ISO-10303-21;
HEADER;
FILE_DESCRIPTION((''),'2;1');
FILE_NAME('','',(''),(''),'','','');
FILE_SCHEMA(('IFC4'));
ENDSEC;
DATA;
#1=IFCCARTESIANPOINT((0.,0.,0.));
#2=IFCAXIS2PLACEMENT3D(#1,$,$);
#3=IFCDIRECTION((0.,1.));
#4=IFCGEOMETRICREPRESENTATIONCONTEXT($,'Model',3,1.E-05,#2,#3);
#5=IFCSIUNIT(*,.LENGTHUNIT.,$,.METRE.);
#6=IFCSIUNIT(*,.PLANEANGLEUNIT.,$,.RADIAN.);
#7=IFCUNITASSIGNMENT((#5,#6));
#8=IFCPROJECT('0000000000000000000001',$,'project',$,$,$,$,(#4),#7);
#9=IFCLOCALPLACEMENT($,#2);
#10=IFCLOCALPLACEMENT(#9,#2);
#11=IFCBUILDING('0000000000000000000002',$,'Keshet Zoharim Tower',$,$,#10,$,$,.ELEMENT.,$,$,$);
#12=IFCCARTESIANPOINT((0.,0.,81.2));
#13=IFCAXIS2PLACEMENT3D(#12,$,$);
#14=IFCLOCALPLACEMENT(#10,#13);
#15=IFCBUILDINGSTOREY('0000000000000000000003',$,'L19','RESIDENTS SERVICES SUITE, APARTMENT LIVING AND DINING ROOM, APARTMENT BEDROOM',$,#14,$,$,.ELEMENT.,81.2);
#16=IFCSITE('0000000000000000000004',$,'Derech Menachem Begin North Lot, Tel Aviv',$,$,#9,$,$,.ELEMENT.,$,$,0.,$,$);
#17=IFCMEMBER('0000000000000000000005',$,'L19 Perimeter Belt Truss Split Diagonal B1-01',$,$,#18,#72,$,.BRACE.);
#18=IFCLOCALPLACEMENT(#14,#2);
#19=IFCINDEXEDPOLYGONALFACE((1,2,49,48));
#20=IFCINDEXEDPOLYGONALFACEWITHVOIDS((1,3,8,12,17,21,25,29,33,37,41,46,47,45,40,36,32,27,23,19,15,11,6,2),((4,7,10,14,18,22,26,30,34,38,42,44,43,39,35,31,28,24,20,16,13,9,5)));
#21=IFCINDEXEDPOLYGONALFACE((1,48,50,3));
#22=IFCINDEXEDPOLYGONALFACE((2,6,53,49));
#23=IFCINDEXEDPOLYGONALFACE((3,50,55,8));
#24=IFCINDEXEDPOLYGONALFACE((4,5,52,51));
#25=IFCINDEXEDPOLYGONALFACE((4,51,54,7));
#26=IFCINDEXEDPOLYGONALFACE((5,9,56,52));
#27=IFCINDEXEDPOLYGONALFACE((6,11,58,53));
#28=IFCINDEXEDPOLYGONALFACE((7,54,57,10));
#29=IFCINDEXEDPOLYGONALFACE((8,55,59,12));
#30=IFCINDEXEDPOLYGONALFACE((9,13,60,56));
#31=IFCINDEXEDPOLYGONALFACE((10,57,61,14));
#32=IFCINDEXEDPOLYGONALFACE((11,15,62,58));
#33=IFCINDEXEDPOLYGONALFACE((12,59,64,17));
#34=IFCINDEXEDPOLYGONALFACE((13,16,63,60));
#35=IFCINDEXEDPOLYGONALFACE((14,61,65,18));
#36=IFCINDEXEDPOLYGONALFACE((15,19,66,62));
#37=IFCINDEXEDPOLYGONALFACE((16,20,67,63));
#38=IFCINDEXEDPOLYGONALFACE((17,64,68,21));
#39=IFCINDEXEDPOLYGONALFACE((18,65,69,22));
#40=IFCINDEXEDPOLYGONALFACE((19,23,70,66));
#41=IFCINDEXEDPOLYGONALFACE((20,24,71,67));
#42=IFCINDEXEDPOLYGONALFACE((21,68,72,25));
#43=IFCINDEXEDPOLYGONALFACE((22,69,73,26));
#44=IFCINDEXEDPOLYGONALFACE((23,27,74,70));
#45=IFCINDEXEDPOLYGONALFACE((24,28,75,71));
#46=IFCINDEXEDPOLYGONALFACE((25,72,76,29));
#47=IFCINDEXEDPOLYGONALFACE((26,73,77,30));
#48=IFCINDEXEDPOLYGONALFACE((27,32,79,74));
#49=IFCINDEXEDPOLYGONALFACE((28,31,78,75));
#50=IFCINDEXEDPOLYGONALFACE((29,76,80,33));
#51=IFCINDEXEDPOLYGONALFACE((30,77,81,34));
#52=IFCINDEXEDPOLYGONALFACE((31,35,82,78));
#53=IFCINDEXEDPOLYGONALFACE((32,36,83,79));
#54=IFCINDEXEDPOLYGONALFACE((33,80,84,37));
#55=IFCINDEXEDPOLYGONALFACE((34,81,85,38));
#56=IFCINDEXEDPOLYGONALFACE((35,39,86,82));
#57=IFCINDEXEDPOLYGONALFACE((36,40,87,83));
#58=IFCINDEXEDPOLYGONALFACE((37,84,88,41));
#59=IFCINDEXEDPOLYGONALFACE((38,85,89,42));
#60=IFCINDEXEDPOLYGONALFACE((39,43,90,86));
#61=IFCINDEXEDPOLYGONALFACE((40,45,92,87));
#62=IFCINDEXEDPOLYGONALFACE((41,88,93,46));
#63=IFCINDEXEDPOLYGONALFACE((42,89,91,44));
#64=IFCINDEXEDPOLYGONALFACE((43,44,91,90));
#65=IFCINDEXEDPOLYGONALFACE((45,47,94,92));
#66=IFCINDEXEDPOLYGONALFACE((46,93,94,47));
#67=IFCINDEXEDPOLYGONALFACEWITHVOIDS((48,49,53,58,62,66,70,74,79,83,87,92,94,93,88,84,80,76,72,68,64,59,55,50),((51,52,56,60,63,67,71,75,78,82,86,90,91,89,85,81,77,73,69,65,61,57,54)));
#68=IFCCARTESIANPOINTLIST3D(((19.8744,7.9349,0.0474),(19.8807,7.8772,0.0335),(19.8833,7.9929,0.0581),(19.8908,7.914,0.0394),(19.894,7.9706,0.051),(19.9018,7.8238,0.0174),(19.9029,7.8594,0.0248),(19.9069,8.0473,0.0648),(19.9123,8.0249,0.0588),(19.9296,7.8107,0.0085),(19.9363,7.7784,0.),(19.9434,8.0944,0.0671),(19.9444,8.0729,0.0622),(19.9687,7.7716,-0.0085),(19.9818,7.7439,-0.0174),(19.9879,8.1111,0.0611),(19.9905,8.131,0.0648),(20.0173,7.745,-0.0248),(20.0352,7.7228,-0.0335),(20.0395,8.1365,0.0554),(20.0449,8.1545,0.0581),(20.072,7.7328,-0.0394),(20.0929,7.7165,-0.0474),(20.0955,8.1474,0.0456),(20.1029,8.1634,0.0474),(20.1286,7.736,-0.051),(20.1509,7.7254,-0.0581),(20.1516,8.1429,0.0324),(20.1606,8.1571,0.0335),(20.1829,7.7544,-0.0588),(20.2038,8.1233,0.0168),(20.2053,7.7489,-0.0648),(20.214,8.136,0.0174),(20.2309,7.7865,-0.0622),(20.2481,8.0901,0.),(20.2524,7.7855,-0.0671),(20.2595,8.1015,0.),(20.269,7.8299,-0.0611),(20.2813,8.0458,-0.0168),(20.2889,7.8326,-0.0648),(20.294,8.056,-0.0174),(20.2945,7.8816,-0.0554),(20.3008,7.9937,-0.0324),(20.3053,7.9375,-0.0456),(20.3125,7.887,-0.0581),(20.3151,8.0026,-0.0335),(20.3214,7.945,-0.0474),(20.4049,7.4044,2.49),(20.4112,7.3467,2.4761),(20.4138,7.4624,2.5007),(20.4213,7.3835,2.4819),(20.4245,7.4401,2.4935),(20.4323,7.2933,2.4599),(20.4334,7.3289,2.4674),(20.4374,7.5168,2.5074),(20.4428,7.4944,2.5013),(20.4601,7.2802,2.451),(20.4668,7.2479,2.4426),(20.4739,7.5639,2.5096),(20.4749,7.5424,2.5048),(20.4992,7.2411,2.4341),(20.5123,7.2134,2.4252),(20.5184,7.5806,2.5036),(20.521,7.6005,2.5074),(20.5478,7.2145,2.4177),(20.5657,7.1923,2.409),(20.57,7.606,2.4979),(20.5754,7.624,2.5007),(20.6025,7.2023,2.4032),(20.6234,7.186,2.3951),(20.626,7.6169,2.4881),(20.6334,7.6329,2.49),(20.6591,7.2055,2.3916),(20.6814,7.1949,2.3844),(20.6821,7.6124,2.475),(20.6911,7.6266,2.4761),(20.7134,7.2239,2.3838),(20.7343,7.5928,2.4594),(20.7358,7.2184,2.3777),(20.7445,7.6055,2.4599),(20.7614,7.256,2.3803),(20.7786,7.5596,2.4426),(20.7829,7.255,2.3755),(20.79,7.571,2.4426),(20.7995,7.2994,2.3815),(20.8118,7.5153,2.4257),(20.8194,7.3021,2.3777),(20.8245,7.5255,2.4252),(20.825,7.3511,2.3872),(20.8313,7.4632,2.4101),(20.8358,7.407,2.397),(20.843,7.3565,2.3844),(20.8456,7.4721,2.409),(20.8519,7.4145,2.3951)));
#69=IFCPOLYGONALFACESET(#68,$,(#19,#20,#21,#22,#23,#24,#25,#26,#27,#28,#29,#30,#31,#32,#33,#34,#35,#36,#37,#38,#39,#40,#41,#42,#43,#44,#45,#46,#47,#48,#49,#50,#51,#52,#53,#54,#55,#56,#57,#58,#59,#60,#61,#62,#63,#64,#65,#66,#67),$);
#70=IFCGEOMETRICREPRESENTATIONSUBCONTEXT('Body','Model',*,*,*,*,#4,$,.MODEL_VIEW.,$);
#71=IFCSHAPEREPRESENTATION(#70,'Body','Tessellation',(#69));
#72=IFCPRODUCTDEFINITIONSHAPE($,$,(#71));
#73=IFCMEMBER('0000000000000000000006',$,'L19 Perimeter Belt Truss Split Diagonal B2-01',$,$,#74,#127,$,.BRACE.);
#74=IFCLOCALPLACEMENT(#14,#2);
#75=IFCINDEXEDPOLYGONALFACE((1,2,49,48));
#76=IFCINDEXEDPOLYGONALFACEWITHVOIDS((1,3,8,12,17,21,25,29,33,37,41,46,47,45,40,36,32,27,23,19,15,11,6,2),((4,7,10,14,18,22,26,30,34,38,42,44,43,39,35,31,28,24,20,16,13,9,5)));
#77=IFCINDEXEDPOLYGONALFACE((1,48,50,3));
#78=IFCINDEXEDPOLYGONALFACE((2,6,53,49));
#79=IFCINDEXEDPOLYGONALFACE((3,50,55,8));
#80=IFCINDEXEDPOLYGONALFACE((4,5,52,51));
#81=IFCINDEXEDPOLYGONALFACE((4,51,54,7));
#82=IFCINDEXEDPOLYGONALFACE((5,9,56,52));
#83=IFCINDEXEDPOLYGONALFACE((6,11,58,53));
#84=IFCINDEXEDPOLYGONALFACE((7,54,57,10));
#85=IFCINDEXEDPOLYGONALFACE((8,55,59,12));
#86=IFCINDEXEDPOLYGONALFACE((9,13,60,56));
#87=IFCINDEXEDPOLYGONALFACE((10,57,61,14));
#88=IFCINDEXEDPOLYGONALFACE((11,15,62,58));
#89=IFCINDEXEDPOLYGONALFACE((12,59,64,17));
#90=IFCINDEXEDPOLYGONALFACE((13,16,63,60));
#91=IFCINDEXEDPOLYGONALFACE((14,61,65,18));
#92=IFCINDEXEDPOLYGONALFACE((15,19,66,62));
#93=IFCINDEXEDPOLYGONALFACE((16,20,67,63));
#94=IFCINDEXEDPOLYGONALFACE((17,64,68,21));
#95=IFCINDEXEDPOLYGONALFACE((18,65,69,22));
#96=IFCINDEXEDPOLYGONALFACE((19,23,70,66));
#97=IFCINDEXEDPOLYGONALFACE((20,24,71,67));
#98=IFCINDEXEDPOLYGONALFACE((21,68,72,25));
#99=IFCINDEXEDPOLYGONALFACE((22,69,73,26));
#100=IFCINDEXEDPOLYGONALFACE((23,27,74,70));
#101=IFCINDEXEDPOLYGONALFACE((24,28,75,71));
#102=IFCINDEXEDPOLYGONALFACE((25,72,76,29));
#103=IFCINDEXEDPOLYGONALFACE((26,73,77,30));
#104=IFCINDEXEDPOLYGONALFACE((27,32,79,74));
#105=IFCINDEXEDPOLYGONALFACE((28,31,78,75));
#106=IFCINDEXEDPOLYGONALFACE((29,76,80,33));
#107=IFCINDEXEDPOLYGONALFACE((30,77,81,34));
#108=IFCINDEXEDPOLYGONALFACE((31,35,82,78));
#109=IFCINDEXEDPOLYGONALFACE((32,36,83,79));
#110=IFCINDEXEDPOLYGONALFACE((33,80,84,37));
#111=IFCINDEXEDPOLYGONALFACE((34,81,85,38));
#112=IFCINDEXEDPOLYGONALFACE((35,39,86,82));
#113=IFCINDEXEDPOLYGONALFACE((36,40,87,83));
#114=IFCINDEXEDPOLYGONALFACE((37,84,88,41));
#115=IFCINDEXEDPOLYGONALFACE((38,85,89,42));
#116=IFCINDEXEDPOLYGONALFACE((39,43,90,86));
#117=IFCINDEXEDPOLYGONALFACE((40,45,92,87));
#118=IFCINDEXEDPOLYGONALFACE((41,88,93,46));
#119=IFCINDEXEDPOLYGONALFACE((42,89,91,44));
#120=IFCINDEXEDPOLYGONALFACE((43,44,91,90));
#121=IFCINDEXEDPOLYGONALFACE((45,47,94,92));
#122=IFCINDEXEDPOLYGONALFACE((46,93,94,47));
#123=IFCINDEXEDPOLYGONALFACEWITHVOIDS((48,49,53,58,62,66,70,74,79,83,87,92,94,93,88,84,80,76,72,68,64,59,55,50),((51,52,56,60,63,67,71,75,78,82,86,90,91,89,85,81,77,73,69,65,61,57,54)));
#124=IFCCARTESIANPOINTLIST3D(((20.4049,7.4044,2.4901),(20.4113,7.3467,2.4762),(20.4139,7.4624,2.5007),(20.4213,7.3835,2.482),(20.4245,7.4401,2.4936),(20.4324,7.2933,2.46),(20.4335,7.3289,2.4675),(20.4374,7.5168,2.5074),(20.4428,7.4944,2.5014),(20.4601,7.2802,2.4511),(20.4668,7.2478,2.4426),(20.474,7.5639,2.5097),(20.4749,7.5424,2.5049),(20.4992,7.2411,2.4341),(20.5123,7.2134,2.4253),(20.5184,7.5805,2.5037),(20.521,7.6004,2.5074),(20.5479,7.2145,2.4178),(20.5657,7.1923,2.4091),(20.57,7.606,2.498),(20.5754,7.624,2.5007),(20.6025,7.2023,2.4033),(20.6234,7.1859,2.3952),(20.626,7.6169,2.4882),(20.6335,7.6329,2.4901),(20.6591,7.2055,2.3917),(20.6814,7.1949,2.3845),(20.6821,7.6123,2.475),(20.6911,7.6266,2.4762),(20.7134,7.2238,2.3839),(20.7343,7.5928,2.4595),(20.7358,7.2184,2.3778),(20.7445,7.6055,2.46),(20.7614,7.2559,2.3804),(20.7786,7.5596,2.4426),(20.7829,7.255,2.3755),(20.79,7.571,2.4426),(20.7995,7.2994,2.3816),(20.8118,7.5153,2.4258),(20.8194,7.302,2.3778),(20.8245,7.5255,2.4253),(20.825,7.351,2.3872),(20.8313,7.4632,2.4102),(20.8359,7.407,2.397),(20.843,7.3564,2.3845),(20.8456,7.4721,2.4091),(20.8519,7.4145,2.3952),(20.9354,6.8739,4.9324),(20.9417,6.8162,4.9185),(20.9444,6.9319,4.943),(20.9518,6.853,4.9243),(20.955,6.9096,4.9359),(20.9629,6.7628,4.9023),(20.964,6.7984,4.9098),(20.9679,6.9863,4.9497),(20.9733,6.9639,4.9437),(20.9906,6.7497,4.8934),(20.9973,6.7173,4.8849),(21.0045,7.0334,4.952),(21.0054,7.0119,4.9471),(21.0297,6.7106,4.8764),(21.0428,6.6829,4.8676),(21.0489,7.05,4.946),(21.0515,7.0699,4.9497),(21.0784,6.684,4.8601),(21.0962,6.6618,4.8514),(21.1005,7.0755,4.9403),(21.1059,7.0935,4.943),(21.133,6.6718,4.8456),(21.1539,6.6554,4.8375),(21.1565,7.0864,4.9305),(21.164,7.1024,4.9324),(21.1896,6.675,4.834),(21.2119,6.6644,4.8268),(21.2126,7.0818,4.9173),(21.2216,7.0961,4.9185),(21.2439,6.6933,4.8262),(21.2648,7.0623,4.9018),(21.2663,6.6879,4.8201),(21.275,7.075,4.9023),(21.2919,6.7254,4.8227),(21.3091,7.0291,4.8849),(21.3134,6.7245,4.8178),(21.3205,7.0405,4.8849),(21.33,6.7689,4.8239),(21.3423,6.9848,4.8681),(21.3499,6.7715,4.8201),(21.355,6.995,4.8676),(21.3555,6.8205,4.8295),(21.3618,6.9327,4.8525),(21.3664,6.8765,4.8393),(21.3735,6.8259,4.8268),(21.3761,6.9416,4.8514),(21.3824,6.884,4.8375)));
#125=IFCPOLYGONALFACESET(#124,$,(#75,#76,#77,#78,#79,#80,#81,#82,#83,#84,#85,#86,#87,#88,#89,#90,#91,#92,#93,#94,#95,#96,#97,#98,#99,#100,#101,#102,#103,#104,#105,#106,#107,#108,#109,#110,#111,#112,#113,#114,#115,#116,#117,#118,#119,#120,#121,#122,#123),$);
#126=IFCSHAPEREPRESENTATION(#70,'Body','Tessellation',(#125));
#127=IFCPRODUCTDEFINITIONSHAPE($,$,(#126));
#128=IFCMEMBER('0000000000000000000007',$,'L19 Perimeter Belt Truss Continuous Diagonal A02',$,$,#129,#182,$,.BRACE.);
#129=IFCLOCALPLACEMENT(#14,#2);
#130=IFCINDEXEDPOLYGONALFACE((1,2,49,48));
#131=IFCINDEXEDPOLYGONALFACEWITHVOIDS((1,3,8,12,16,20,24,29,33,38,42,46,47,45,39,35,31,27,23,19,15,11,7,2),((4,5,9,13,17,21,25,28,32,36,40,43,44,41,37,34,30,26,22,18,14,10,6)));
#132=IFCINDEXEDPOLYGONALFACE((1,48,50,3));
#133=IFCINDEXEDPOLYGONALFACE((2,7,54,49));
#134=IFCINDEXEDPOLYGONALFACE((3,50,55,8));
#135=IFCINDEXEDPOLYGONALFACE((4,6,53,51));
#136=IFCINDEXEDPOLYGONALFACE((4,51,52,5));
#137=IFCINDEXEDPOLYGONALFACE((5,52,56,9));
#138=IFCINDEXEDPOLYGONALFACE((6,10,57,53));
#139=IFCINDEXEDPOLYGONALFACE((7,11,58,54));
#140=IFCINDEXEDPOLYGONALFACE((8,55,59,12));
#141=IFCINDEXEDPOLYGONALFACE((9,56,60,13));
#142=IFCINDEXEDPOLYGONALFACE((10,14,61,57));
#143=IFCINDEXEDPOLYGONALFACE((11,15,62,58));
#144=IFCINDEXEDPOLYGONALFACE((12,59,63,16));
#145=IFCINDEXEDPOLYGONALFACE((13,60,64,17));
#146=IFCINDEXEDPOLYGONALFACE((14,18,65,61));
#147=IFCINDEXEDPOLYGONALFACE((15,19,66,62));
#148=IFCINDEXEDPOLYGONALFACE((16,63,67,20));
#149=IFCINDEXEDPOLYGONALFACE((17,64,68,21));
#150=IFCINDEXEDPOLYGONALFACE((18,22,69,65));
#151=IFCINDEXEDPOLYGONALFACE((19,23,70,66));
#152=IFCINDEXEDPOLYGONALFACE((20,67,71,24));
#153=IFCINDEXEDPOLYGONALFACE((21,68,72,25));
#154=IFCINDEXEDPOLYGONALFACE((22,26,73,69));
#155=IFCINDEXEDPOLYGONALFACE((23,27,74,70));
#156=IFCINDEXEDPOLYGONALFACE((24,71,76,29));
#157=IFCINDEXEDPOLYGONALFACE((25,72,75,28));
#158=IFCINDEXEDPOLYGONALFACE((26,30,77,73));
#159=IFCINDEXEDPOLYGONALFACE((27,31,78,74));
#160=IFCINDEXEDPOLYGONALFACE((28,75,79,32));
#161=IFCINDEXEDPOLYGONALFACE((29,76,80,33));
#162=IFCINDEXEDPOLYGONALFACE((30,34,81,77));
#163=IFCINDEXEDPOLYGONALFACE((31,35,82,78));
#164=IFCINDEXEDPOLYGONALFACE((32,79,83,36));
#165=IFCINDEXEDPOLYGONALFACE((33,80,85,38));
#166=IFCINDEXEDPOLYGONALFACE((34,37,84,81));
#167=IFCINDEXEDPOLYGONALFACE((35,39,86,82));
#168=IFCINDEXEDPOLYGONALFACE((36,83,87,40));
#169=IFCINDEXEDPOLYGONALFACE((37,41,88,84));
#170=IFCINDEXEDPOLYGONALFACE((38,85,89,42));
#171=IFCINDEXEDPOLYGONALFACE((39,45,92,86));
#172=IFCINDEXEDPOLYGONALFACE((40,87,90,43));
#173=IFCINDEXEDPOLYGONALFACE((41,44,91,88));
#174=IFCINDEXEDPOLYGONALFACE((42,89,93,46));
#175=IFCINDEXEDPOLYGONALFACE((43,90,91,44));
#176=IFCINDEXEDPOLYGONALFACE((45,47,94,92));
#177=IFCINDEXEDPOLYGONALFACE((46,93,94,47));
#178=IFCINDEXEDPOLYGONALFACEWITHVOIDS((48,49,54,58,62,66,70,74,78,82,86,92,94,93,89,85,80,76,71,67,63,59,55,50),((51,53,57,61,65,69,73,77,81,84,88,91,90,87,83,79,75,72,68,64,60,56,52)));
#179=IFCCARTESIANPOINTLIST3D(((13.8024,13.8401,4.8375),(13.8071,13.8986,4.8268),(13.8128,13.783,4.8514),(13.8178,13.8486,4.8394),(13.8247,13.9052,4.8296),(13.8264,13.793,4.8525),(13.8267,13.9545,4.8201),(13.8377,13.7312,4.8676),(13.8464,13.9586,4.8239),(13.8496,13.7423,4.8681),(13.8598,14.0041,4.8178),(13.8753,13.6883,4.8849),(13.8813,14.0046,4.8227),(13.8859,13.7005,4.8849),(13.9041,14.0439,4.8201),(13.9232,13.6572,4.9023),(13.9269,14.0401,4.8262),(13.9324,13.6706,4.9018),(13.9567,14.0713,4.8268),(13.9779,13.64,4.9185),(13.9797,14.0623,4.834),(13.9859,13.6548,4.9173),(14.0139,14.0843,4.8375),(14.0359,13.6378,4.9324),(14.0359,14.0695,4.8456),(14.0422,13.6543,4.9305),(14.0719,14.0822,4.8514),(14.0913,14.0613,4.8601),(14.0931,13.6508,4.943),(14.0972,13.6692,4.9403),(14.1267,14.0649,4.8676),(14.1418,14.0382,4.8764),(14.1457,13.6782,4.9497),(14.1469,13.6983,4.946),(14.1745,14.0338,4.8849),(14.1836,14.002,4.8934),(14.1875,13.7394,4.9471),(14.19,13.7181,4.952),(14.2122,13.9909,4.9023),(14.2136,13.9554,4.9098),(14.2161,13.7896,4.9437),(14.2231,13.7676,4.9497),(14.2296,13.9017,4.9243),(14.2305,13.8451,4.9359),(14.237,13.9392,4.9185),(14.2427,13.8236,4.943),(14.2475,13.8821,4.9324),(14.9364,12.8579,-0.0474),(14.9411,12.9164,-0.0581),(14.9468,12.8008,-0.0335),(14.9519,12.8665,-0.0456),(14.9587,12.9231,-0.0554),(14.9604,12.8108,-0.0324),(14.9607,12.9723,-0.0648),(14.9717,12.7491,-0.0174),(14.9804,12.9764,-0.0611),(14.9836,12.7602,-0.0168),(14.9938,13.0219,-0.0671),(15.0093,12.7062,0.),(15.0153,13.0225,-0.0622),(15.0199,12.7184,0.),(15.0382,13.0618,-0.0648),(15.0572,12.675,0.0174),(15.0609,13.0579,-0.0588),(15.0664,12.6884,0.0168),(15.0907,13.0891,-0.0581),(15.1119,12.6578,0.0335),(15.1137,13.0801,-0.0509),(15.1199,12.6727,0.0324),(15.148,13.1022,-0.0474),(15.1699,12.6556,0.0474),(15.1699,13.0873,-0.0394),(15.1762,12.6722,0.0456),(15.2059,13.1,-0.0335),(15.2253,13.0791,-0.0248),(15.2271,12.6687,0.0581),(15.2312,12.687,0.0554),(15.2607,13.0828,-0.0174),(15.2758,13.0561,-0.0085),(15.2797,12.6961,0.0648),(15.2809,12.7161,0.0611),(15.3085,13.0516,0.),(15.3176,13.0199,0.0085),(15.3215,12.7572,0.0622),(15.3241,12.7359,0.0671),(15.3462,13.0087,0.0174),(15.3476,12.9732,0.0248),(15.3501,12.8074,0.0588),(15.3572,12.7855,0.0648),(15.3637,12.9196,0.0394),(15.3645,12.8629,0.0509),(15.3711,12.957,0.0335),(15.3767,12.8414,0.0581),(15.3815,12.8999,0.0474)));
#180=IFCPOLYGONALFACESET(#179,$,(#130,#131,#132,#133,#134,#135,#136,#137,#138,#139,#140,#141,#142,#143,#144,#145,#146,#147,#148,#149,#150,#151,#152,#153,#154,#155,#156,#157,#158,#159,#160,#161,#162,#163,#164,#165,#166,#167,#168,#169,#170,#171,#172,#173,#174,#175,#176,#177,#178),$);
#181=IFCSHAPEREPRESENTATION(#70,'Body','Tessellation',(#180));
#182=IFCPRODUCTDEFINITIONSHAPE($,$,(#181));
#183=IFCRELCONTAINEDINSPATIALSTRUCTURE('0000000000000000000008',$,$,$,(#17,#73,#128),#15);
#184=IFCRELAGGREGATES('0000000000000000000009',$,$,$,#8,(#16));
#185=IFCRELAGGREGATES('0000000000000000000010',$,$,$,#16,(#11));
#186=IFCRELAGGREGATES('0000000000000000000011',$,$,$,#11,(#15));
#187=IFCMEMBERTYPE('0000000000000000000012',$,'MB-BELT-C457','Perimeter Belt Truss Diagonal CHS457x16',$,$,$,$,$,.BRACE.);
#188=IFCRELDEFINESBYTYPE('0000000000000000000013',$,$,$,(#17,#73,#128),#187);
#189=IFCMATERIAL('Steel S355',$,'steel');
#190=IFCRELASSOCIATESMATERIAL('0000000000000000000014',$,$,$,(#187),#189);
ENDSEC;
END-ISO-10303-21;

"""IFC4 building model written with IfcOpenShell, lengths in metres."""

from ifc_helpers import new_model, si_unit, direction, frame, origin, origin_2d, place, context, subcontext, project, spatial, hollow_circle, extrude, material, material_profile, profile_set, type_object, element, save


model = new_model("IFC4")

# Units and contexts
model_context = context("Model", 3, precision=1e-05, world=origin(), true_north=direction((0.0, 1.0)))
body_context = subcontext(model_context, "Body", "Model", "MODEL_VIEW")
ifc_project = project(units=[si_unit("LENGTHUNIT", "METRE"), si_unit("PLANEANGLEUNIT", "RADIAN")], contexts=[model_context])

# Site, building, storey
site_placement = place(None, origin())
site = spatial("IfcSite", under=ifc_project, at=site_placement, Name="Derech Menachem Begin North Lot, Tel Aviv", CompositionType="ELEMENT", RefElevation=0.0)
building_placement = place(site_placement, origin())
building = spatial("IfcBuilding", under=site, at=building_placement, Name="Keshet Zoharim Tower", CompositionType="ELEMENT")
storey_placement = place(building_placement, frame((0.0, 0.0, 81.2)))
storey = spatial("IfcBuildingStorey", under=building, at=storey_placement, Name="L19", Description="RESIDENTS SERVICES SUITE, APARTMENT LIVING AND DINING ROOM, APARTMENT BEDROOM", CompositionType="ELEMENT", Elevation=81.2)

# Shared definitions
ifc_material_1 = material(Name="Steel S355", Category="steel")

# Members
ifc_material_profile_1 = material_profile(ifc_material_1, hollow_circle(Radius=0.2285, WallThickness=0.0161, at=origin_2d()), Name="CHS457x16")
ifc_profile_set_1 = profile_set([ifc_material_profile_1], Name="Steel S355")
member_type_1 = type_object("IfcMemberType", Name="MB-BELT-C457", Description="Perimeter Belt Truss Diagonal CHS457x16", PredefinedType="BRACE", material=ifc_profile_set_1)
member_1_placement = place(storey_placement, frame((20.0979, 7.9399, 0.0), z_axis=(0.207618, -0.207618, 0.955923), x_axis=(0.707107, 0.707107, 0.0)))
element("IfcMember", 1, at=member_1_placement, inside=storey, type_object=member_type_1, Name="L19 Perimeter Belt Truss Split Diagonal B1-01", PredefinedType="BRACE", context=body_context, shape_type="SweptSolid", body=[
    extrude(hollow_circle(Radius=0.2285, WallThickness=0.0161, at=origin_2d()), origin(), (0.0, 0.0, 1.0), 2.5552),
])
member_2_placement = place(storey_placement, frame((20.6284, 7.4094, 2.4426), z_axis=(0.207637, -0.207637, 0.955915), x_axis=(0.707107, 0.707107, 0.0)))
element("IfcMember", 2, at=member_2_placement, inside=storey, type_object=member_type_1, Name="L19 Perimeter Belt Truss Split Diagonal B2-01", PredefinedType="BRACE", context=body_context, shape_type="SweptSolid", body=[
    extrude(hollow_circle(Radius=0.2285, WallThickness=0.0161, at=origin_2d()), origin(), (0.0, 0.0, 1.0), 2.5549),
])
member_3_placement = place(storey_placement, frame((15.1589, 12.8789, 0.0), z_axis=(-0.221916, 0.1922, 0.955935), x_axis=(-0.654683, -0.755904, 0.0)))
element("IfcMember", 3, at=member_3_placement, inside=storey, type_object=member_type_1, Name="L19 Perimeter Belt Truss Continuous Diagonal A02", PredefinedType="BRACE", context=body_context, shape_type="SweptSolid", body=[
    extrude(hollow_circle(Radius=0.2285, WallThickness=0.0161, at=origin_2d()), origin(), (0.0, 0.0, 1.0), 5.1101),
])

save(model, "model.ifc")
